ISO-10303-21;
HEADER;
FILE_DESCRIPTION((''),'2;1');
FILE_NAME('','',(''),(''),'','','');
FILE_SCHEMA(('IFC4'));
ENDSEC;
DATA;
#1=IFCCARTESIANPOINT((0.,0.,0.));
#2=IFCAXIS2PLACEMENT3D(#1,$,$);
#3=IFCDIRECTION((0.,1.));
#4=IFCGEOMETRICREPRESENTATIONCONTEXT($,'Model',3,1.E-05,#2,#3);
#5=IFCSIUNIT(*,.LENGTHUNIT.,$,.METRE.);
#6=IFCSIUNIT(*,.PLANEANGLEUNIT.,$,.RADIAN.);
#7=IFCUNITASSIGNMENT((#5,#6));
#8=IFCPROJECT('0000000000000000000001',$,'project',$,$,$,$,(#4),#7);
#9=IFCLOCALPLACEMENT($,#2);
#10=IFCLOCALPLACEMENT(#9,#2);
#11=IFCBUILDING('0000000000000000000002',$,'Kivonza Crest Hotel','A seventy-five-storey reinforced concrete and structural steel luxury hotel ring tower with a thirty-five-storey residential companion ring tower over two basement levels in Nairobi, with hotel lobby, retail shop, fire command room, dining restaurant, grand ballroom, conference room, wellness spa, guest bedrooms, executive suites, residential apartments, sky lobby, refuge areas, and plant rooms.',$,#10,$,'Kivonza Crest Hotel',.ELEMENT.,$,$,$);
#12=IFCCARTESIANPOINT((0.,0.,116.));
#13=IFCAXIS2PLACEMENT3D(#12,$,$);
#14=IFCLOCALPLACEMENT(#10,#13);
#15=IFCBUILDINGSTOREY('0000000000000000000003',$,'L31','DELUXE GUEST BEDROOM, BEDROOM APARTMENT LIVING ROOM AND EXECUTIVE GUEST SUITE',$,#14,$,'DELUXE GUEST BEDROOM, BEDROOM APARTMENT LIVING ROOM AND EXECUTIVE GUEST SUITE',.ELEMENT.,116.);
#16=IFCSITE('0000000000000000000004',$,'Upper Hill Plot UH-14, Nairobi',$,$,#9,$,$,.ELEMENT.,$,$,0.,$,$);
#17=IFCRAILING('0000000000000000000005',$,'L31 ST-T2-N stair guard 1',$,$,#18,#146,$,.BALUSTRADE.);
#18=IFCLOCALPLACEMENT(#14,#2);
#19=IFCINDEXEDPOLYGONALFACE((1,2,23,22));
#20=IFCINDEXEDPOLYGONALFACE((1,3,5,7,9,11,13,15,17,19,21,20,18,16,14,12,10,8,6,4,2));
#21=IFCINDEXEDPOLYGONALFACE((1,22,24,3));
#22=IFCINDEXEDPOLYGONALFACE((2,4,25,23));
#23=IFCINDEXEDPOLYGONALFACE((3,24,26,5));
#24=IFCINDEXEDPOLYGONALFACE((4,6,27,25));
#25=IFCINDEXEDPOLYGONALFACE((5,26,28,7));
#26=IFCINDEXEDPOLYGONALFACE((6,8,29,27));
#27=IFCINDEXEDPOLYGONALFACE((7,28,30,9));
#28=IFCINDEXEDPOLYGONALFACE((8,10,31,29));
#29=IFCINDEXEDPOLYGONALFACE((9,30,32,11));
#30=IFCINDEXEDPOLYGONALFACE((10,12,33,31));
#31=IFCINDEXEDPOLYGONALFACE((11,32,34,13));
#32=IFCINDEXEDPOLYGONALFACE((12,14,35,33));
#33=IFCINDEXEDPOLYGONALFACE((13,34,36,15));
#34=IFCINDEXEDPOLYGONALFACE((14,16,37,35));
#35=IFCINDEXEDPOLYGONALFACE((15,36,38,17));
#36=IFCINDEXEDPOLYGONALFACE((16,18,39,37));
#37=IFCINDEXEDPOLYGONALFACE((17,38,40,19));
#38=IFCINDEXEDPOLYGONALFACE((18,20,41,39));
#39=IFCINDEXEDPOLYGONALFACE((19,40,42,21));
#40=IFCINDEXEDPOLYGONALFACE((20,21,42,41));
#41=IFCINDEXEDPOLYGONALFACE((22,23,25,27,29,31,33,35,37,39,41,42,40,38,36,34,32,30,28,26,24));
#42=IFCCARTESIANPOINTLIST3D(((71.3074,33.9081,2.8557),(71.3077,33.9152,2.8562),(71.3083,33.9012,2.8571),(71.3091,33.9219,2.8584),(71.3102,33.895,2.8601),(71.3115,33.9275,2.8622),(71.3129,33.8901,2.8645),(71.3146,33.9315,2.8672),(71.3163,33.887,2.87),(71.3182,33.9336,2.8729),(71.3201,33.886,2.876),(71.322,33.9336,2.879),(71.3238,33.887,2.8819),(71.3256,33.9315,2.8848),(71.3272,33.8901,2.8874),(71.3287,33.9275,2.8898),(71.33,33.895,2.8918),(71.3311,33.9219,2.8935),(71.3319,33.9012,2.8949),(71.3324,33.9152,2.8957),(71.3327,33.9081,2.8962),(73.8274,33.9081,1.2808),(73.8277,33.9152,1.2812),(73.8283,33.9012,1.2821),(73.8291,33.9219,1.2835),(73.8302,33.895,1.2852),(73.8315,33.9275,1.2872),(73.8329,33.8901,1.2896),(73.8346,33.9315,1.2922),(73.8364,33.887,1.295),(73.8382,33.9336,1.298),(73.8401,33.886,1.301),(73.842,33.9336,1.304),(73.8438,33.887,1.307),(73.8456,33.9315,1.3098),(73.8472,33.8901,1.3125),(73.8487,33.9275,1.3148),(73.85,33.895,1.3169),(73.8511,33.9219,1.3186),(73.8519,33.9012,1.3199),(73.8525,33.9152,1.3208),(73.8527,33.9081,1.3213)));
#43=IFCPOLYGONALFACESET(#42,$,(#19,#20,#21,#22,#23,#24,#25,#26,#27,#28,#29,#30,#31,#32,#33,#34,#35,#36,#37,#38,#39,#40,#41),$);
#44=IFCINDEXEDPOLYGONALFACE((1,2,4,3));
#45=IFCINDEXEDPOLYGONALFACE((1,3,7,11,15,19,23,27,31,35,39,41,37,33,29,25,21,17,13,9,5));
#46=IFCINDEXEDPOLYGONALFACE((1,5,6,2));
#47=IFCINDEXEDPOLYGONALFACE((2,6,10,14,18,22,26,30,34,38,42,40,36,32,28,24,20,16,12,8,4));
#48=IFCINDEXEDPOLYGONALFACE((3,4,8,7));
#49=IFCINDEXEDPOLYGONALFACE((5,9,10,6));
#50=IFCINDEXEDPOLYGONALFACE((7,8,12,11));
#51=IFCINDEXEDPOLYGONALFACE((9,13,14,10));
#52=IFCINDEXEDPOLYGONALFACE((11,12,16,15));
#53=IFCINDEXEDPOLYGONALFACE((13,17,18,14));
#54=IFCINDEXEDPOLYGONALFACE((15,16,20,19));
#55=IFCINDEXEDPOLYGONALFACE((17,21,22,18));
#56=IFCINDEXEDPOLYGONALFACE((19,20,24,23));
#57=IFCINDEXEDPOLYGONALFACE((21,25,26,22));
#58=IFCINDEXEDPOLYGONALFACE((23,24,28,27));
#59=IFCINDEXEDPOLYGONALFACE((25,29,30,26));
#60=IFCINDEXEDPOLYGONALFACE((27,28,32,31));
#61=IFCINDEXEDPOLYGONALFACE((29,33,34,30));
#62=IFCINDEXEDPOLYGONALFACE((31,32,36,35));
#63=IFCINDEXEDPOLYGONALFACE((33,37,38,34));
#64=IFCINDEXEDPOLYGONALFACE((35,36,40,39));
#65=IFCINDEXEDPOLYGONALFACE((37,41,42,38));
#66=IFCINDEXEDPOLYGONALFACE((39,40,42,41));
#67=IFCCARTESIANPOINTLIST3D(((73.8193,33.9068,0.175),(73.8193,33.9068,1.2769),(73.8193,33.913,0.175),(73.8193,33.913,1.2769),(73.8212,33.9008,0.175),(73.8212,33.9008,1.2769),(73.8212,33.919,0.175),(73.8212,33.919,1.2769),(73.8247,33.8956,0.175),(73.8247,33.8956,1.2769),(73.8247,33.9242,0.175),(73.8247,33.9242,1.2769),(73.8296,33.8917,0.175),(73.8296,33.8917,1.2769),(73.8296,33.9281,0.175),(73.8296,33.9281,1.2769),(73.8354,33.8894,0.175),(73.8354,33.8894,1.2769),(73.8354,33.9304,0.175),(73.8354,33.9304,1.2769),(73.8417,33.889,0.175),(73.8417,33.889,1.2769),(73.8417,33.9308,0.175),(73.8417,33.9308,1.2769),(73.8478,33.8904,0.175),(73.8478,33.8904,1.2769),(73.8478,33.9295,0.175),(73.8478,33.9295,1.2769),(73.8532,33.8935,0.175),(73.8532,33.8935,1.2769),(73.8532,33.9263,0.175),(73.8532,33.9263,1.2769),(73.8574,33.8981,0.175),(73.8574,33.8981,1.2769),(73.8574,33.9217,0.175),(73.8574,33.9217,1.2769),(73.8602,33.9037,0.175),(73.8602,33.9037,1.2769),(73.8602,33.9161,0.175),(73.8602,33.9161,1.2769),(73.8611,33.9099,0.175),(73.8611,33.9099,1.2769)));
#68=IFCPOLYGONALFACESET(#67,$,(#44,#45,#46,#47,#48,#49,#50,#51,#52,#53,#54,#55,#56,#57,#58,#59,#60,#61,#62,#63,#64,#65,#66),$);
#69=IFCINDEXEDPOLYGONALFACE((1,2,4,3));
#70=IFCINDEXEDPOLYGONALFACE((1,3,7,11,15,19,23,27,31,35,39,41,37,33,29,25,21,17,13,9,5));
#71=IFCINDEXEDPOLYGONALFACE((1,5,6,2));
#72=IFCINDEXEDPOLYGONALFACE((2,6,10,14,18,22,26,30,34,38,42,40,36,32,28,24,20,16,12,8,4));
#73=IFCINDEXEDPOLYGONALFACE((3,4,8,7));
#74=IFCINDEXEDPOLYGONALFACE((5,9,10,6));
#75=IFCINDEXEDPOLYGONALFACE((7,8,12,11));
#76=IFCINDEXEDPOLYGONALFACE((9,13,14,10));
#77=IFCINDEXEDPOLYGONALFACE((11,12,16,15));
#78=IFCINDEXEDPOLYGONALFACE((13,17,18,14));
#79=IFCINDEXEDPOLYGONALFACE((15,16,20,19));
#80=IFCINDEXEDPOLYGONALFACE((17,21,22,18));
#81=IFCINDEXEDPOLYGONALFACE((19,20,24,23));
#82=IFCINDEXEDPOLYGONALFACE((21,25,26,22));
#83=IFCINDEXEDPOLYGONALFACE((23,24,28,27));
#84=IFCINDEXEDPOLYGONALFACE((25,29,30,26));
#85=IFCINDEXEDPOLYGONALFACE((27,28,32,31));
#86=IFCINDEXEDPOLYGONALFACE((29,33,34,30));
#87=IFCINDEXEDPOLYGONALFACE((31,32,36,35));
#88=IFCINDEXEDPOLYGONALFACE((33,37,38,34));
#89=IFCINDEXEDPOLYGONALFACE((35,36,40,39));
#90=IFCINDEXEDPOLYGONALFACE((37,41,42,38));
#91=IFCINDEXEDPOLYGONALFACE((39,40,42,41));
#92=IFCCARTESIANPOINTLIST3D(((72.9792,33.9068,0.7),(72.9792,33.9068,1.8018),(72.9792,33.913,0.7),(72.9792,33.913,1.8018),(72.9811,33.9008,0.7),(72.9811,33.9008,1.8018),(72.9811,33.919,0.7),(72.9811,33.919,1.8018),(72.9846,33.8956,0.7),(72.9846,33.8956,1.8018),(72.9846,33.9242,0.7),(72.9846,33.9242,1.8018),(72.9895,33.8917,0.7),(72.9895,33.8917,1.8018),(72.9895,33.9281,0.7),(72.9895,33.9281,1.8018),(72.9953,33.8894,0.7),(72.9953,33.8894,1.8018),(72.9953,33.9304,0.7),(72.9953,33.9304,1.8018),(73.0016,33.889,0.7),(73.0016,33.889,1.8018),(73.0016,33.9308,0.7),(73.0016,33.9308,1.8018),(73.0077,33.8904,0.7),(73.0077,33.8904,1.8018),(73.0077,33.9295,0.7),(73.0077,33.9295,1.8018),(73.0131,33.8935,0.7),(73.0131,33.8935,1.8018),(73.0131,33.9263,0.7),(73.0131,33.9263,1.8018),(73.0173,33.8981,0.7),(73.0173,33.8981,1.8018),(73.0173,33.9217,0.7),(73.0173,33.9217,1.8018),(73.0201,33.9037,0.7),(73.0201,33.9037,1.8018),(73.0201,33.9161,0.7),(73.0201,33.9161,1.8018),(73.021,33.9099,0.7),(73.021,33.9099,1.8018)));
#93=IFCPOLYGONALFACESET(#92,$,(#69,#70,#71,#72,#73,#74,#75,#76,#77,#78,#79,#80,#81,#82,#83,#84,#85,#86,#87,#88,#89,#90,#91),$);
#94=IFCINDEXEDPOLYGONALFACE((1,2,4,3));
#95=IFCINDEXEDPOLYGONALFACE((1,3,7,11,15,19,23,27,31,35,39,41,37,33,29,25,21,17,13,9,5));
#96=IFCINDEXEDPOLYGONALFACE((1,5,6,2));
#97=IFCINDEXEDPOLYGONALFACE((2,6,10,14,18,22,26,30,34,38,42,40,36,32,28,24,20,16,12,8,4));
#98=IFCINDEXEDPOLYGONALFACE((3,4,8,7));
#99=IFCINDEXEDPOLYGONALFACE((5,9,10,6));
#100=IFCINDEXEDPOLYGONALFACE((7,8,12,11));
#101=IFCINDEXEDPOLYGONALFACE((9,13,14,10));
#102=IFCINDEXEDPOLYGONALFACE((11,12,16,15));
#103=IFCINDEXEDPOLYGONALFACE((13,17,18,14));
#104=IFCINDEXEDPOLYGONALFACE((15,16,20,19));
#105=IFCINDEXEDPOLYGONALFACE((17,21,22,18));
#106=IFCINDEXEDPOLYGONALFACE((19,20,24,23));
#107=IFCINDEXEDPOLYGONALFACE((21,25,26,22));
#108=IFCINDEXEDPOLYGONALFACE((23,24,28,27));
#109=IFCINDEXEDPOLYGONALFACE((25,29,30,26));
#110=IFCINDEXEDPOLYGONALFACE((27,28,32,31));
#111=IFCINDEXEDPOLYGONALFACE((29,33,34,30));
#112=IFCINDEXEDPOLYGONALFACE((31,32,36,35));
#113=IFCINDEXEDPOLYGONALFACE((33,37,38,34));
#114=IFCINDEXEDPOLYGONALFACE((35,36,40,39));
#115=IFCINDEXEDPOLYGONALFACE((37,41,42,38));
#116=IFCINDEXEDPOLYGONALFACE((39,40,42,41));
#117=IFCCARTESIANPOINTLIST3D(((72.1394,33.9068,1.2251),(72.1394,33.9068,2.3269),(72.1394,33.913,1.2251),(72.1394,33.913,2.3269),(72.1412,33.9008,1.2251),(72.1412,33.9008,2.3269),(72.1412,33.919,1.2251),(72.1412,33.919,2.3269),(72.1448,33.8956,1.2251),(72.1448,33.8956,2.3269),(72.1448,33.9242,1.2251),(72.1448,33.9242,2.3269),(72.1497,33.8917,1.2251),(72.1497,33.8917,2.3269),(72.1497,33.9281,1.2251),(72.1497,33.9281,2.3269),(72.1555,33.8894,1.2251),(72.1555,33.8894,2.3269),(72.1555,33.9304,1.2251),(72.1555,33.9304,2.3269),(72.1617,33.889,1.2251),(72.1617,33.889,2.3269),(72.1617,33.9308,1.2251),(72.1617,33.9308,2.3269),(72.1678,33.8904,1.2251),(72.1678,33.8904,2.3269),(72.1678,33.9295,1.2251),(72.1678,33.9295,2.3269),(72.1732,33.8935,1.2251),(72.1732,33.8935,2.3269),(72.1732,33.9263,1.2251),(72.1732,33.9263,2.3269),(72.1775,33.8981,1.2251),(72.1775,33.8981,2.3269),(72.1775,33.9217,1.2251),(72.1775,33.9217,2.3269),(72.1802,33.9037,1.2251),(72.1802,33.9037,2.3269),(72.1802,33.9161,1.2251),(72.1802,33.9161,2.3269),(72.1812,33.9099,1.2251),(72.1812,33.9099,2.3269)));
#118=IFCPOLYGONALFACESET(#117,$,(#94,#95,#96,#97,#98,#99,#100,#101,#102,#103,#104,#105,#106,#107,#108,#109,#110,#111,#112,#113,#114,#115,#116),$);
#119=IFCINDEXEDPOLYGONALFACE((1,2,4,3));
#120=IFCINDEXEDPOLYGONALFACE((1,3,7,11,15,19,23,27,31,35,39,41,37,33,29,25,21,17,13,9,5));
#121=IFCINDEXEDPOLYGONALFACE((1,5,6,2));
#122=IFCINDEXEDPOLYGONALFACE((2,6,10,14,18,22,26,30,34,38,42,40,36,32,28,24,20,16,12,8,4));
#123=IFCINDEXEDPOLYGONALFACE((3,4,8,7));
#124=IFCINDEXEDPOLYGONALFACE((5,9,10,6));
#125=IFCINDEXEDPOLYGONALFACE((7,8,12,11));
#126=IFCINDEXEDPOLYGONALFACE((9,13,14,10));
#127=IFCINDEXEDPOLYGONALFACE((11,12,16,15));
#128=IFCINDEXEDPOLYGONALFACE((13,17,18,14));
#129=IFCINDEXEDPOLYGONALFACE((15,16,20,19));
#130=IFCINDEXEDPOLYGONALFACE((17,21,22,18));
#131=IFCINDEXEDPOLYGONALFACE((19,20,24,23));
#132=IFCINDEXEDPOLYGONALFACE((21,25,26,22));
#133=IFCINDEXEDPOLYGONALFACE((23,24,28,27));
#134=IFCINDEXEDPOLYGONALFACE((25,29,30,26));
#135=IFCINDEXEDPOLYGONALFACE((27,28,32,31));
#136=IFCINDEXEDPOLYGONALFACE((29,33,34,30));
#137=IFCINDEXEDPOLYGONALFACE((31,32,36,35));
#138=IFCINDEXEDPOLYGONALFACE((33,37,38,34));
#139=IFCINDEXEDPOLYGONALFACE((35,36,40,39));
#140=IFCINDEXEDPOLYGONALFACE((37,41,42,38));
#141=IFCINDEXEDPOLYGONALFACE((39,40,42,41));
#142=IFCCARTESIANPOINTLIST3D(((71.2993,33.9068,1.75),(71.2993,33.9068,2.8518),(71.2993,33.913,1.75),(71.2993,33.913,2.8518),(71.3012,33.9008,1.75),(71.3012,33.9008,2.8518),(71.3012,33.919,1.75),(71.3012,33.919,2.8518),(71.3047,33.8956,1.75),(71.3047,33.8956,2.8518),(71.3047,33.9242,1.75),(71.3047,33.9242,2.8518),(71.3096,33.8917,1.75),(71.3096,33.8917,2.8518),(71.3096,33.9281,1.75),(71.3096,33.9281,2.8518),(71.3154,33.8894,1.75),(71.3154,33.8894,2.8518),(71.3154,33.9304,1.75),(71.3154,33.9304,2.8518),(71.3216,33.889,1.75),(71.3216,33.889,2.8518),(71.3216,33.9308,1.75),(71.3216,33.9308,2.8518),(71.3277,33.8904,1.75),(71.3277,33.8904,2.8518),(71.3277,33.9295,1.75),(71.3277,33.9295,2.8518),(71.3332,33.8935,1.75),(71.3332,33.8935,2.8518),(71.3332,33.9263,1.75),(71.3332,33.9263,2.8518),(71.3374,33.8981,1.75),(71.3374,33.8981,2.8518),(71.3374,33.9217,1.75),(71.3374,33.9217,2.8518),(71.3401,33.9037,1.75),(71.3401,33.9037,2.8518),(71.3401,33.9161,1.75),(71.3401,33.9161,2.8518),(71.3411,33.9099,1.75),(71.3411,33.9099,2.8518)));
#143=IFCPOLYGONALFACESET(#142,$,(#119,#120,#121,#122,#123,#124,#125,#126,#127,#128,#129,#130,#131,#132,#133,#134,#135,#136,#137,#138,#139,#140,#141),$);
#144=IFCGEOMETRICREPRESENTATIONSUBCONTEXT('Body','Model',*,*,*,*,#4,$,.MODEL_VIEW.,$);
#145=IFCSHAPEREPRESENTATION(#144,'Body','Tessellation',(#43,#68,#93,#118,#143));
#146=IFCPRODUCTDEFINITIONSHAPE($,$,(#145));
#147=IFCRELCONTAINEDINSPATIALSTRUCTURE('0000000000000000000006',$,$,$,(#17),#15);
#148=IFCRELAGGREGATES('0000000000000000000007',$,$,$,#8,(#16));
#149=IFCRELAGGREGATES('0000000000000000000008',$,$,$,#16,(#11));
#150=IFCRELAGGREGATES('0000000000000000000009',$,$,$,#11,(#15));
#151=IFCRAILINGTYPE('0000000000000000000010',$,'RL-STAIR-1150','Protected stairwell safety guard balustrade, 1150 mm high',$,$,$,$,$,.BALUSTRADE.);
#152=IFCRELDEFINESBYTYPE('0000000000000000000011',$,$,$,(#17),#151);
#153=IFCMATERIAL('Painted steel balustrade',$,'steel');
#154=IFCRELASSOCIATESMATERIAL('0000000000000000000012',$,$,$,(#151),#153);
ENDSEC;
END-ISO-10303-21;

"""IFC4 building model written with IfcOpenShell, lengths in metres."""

from ifc_helpers import new_model, si_unit, direction, frame, origin, origin_2d, place, context, subcontext, project, spatial, circle, extrude, material, type_object, element, save


model = new_model("IFC4")

# Units and contexts
model_context = context("Model", 3, precision=1e-05, world=origin(), true_north=direction((0.0, 1.0)))
body_context = subcontext(model_context, "Body", "Model", "MODEL_VIEW")
ifc_project = project(units=[si_unit("LENGTHUNIT", "METRE"), si_unit("PLANEANGLEUNIT", "RADIAN")], contexts=[model_context])

# Site, building, storey
site_placement = place(None, origin())
site = spatial("IfcSite", under=ifc_project, at=site_placement, Name="Upper Hill Plot UH-14, Nairobi", CompositionType="ELEMENT", RefElevation=0.0)
building_placement = place(site_placement, origin())
building = spatial("IfcBuilding", under=site, at=building_placement, Name="Kivonza Crest Hotel", Description="A seventy-five-storey reinforced concrete and structural steel luxury hotel ring tower with a thirty-five-storey residential companion ring tower over two basement levels in Nairobi, with hotel lobby, retail shop, fire command room, dining restaurant, grand ballroom, conference room, wellness spa, guest bedrooms, executive suites, residential apartments, sky lobby, refuge areas, and plant rooms.", LongName="Kivonza Crest Hotel", CompositionType="ELEMENT")
storey_placement = place(building_placement, frame((0.0, 0.0, 116.0)))
storey = spatial("IfcBuildingStorey", under=building, at=storey_placement, Name="L31", Description="DELUXE GUEST BEDROOM, BEDROOM APARTMENT LIVING ROOM AND EXECUTIVE GUEST SUITE", LongName="DELUXE GUEST BEDROOM, BEDROOM APARTMENT LIVING ROOM AND EXECUTIVE GUEST SUITE", CompositionType="ELEMENT", Elevation=116.0)

# Railing
ifc_material_1 = material(Name="Painted steel balustrade", Category="steel")
railing_type_1 = type_object("IfcRailingType", Name="RL-STAIR-1150", Description="Protected stairwell safety guard balustrade, 1150 mm high", PredefinedType="BALUSTRADE", material=ifc_material_1)
railing_1_placement = place(storey_placement, frame((73.8401, 33.9099, 0.175)))
element("IfcRailing", 1, at=railing_1_placement, inside=storey, type_object=railing_type_1, Name="L31 ST-T2-N stair guard 1", PredefinedType="BALUSTRADE", context=body_context, shape_type="SweptSolid", body=[
    extrude(circle(Radius=0.0239, at=origin_2d()), frame((0.0, 0.0, 1.126), z_axis=(-0.848008, 0.0, 0.529984), x_axis=(0.0, -1.0, 0.0)), (0.0, 0.0, 1.0), 2.9717),
    extrude(circle(Radius=0.021, at=origin_2d()), origin(), (0.0, 0.0, 1.0), 1.1018),
    extrude(circle(Radius=0.021, at=origin_2d()), frame((-0.8401, 0.0, 0.5249)), (0.0, 0.0, 1.0), 1.1018),
    extrude(circle(Radius=0.021, at=origin_2d()), frame((-1.6799, 0.0, 1.05)), (0.0, 0.0, 1.0), 1.1018),
    extrude(circle(Radius=0.021, at=origin_2d()), frame((-2.52, 0.0, 1.575)), (0.0, 0.0, 1.0), 1.1018),
])

save(model, "model.ifc")
